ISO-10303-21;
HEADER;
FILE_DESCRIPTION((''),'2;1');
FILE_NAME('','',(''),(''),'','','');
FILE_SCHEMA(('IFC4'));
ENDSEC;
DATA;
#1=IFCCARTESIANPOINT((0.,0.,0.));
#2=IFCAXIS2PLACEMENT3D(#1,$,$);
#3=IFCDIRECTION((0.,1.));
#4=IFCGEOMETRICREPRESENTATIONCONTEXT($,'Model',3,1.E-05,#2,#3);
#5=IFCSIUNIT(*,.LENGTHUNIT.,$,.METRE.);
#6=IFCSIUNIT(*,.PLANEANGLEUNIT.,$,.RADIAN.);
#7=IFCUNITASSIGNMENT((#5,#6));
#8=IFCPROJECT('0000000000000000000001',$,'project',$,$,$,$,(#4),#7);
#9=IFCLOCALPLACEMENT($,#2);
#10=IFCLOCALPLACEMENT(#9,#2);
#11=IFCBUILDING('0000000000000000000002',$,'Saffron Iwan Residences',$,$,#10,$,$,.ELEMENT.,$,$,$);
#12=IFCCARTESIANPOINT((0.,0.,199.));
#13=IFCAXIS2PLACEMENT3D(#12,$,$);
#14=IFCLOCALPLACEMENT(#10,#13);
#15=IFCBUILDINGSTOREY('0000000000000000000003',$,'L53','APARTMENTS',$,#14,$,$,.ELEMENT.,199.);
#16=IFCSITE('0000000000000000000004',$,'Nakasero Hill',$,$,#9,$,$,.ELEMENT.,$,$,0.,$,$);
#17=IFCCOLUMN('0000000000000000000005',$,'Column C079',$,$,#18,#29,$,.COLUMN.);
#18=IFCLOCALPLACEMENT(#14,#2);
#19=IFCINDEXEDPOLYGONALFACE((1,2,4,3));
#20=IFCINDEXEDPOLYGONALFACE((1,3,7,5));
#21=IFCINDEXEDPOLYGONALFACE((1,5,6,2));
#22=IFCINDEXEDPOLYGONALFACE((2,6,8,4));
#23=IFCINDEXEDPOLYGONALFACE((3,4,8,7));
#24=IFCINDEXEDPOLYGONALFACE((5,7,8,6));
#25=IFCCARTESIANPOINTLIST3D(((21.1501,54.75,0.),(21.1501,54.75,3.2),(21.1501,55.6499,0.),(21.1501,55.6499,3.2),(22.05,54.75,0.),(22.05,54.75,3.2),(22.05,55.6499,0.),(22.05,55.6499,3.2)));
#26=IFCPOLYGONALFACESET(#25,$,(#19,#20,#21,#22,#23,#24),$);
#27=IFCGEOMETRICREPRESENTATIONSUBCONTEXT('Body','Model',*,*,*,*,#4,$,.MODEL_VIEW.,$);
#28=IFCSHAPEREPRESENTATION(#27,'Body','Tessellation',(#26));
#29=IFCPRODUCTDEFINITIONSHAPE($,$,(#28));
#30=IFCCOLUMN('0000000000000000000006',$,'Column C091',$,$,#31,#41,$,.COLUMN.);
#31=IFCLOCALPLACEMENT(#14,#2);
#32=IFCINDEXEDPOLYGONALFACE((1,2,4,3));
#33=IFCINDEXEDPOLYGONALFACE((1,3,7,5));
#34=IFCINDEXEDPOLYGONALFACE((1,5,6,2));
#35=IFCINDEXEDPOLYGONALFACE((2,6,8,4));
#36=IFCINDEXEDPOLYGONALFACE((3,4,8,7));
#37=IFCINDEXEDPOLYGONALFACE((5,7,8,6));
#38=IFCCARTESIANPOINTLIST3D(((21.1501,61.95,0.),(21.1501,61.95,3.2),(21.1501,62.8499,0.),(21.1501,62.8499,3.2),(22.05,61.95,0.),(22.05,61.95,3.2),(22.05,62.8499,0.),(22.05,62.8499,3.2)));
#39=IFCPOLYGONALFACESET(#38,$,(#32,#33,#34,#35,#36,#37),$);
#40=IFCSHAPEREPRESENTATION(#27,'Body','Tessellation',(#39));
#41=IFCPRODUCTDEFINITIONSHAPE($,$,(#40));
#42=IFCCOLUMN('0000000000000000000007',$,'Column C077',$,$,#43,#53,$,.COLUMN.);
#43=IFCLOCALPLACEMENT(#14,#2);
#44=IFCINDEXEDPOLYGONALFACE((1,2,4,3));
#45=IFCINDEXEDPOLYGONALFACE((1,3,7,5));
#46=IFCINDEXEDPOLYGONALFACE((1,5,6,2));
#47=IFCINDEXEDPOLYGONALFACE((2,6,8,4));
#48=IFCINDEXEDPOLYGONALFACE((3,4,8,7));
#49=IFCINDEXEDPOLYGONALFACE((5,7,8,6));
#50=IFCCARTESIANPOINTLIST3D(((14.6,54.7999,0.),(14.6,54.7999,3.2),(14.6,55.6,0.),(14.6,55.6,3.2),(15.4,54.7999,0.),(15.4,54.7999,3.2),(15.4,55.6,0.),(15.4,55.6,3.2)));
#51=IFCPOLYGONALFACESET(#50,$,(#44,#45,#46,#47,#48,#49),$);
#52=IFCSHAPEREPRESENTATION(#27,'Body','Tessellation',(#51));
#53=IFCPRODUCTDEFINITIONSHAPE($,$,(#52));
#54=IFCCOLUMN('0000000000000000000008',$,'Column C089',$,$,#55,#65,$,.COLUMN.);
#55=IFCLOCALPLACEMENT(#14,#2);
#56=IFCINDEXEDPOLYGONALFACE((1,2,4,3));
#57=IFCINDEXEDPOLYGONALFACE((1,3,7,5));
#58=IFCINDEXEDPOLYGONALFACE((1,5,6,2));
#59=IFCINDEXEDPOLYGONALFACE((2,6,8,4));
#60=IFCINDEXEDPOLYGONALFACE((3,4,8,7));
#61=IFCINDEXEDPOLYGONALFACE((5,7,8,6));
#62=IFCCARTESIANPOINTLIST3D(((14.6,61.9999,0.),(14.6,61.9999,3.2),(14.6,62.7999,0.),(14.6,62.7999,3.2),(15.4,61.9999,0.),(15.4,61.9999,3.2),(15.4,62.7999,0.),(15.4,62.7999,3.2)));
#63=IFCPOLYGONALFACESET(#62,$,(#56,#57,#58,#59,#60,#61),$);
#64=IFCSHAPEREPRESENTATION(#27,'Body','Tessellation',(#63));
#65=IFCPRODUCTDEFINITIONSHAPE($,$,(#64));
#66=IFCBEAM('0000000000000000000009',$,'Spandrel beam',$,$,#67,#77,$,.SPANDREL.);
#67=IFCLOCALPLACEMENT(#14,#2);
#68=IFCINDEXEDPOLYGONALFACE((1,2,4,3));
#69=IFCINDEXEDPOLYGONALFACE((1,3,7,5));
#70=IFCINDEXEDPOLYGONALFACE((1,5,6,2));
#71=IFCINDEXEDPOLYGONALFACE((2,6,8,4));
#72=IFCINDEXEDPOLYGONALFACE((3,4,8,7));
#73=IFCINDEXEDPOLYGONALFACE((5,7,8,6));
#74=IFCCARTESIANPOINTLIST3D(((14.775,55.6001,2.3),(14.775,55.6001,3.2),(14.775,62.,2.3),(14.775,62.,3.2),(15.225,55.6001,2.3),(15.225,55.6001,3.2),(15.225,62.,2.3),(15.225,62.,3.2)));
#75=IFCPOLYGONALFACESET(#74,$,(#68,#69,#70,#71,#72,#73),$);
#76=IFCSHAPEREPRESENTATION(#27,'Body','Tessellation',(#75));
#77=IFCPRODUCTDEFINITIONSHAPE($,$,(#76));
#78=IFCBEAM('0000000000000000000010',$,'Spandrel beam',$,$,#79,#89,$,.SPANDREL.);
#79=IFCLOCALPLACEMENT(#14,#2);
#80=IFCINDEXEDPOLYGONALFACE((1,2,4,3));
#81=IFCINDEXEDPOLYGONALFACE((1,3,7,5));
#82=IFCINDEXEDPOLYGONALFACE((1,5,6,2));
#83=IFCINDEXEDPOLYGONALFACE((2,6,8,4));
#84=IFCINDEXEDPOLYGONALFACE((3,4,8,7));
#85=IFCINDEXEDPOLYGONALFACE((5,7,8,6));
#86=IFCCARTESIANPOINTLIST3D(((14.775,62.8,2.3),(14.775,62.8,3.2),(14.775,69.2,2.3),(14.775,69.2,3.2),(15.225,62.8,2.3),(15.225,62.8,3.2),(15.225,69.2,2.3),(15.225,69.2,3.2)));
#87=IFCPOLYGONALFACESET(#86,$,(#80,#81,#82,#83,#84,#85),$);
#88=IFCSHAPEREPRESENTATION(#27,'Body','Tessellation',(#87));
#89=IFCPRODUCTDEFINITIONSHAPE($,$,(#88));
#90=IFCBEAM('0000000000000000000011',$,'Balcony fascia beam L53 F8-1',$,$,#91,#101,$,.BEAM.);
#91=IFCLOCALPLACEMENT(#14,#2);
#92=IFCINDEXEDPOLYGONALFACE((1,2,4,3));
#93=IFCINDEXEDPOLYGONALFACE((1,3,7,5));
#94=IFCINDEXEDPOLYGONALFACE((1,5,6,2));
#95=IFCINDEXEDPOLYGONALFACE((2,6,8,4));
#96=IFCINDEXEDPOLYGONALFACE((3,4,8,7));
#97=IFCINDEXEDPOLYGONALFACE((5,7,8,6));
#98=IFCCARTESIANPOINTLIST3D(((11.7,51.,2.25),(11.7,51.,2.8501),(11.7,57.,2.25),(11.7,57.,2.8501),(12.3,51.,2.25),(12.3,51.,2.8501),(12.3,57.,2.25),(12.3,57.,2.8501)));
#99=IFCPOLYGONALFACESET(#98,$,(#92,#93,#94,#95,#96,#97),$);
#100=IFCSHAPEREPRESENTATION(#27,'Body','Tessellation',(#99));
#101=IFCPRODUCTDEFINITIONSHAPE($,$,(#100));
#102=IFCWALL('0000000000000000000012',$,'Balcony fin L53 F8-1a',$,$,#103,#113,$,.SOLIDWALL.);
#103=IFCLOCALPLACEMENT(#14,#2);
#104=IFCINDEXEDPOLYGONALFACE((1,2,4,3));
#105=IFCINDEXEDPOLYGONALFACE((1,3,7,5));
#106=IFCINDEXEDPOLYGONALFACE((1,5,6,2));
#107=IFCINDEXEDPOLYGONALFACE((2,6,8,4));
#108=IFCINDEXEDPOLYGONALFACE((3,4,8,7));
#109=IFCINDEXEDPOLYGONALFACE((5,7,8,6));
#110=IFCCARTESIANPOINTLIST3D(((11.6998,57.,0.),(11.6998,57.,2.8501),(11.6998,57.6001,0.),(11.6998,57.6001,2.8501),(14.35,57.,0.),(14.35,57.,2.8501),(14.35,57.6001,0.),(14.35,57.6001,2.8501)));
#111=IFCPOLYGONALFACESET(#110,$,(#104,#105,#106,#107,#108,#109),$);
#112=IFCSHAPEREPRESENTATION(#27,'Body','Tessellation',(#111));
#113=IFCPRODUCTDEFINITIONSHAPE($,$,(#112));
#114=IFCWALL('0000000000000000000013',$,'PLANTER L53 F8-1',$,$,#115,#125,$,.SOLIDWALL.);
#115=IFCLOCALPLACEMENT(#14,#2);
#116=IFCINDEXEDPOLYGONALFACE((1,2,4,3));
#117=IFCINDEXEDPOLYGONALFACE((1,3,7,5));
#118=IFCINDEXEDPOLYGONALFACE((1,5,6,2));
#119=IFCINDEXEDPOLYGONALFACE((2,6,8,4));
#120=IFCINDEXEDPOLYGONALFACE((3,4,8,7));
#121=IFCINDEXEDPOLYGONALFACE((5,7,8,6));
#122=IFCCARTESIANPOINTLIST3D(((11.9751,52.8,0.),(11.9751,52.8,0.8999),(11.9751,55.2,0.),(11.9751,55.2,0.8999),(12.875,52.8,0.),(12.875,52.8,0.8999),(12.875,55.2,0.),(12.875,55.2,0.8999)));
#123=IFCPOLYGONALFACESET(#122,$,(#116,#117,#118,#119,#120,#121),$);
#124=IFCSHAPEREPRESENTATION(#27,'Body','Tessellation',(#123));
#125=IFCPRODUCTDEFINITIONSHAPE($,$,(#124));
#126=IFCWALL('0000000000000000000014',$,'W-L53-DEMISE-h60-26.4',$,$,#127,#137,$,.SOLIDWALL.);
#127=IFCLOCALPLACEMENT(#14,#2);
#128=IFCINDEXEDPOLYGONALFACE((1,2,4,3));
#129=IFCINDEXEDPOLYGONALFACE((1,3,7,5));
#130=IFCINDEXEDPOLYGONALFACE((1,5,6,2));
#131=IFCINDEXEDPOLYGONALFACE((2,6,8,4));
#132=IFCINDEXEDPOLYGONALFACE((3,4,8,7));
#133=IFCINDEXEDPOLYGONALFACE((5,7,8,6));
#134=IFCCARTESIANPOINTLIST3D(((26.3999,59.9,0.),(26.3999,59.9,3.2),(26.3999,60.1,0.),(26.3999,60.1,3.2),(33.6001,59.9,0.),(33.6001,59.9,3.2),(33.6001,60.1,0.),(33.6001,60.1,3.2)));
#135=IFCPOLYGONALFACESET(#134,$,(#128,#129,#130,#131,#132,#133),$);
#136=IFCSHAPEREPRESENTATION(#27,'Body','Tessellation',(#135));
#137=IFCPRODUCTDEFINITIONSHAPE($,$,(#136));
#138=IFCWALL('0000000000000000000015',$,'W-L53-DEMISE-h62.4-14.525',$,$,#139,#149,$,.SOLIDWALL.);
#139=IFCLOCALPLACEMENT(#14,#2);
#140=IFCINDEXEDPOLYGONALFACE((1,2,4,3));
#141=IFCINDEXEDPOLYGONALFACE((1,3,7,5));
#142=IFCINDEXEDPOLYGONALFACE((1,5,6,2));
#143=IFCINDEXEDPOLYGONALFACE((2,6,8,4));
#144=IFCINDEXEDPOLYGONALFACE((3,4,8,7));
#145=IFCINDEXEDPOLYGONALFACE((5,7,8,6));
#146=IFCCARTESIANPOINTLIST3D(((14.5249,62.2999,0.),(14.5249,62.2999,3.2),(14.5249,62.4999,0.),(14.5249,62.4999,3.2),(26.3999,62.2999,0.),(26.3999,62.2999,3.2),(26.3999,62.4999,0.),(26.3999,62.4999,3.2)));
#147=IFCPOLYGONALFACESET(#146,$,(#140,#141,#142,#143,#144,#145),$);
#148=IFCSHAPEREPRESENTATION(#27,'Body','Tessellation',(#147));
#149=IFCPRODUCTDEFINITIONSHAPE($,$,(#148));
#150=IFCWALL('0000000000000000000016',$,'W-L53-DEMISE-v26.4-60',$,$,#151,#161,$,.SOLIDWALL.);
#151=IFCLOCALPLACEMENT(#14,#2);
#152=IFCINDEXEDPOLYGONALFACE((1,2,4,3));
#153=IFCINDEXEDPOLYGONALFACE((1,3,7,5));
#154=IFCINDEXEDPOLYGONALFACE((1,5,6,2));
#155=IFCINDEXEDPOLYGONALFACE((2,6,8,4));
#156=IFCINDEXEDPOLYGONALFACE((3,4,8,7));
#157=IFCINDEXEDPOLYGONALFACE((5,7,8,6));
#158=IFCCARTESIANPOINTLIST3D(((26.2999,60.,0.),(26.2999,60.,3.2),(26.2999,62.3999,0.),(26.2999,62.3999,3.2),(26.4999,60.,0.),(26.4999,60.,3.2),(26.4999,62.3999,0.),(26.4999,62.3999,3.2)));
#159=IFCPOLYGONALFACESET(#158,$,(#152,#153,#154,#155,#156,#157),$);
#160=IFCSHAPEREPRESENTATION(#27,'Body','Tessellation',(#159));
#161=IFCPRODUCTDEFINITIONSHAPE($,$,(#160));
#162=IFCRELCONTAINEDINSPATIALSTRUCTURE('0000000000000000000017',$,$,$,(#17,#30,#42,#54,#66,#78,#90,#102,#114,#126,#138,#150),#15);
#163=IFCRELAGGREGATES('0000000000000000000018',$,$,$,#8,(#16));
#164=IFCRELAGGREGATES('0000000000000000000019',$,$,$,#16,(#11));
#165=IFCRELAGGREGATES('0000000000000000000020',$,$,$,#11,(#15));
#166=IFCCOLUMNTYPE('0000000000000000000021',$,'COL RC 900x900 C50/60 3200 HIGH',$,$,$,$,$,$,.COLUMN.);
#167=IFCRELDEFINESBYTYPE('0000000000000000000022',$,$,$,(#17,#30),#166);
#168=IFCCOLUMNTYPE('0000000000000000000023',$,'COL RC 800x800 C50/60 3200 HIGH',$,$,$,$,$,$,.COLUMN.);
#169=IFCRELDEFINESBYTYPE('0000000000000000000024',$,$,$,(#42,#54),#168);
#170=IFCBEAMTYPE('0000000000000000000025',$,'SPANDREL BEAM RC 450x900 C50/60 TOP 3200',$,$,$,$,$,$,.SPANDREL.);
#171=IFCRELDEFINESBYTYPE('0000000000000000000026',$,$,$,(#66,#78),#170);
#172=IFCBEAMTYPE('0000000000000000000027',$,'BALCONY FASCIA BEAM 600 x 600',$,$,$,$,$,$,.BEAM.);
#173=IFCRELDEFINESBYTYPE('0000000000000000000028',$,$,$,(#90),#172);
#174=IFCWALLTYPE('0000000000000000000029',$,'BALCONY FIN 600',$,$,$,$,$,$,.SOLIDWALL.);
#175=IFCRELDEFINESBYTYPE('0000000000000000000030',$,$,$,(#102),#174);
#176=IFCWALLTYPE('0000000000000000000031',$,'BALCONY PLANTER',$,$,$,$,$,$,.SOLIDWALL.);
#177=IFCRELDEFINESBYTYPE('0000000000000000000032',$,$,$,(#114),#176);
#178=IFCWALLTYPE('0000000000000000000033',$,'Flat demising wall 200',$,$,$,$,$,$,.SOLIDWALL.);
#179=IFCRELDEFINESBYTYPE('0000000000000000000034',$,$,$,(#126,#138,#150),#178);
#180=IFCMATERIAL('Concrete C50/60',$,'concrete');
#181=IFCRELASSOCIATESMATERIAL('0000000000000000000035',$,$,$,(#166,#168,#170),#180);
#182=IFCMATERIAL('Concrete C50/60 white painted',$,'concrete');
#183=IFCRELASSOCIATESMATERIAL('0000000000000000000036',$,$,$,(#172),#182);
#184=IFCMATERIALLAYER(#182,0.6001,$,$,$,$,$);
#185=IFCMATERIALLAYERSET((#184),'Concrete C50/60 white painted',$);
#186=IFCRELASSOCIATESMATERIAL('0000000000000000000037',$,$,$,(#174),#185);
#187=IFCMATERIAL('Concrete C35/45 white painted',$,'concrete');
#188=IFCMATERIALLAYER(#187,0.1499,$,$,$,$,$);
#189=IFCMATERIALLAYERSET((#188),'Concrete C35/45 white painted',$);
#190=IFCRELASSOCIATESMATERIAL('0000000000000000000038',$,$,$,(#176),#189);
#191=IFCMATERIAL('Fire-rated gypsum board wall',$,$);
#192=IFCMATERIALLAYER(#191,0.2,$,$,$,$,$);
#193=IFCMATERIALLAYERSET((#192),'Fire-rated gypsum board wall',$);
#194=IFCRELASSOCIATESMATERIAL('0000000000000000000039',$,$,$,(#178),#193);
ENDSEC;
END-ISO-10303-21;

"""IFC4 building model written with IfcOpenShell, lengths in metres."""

from ifc_helpers import new_model, si_unit, direction, frame, frame_2d, origin, origin_2d, place, context, subcontext, project, spatial, rectangle, extrude, source, transform, mapped, material, layer, layer_set, material_profile, profile_set, type_object, element, save


model = new_model("IFC4")

# Units and contexts
model_context = context("Model", 3, precision=1e-05, world=origin(), true_north=direction((0.0, 1.0)))
body_context = subcontext(model_context, "Body", "Model", "MODEL_VIEW")
ifc_project = project(units=[si_unit("LENGTHUNIT", "METRE"), si_unit("PLANEANGLEUNIT", "RADIAN")], contexts=[model_context])

# Site, building, storey
site_placement = place(None, origin())
site = spatial("IfcSite", under=ifc_project, at=site_placement, Name="Nakasero Hill", CompositionType="ELEMENT", RefElevation=0.0)
building_placement = place(site_placement, origin())
building = spatial("IfcBuilding", under=site, at=building_placement, Name="Saffron Iwan Residences", CompositionType="ELEMENT")
storey_placement = place(building_placement, frame((0.0, 0.0, 199.0)))
storey = spatial("IfcBuildingStorey", under=building, at=storey_placement, Name="L53", Description="APARTMENTS", CompositionType="ELEMENT", Elevation=199.0)

# Columns
ifc_material_1 = material(Name="Concrete C50/60", Category="concrete")
ifc_material_profile_1 = material_profile(ifc_material_1, rectangle(XDim=0.8999, YDim=0.8999, at=origin_2d()), Name="RC 900x900")
ifc_profile_set_1 = profile_set([ifc_material_profile_1], Name="Concrete C50/60")
column_type_1 = type_object("IfcColumnType", Name="COL RC 900x900 C50/60 3200 HIGH", PredefinedType="COLUMN", material=ifc_profile_set_1)
shared_shape_1 = source(origin(), body_context, "Body", "SweptSolid", [
    extrude(rectangle(XDim=0.8999, YDim=0.8999, at=origin_2d()), origin(), (0.0, 0.0, 1.0), 3.2),
])
for number, where, z_axis, x_axis, name in (
    (1, (21.6001, 55.2, 0.0), (0.0, 0.0, 1.0), (1.0, 0.0, 0.0), "Column C079"),
    (2, (21.6001, 62.3999, 0.0), (0.0, 0.0, 1.0), (1.0, 0.0, 0.0), "Column C091"),
):
    element("IfcColumn", number, at=place(storey_placement, frame(where, z_axis=z_axis, x_axis=x_axis)), inside=storey, type_object=column_type_1, Name=name, PredefinedType="COLUMN", context=body_context, shape_type="MappedRepresentation", body=[
        mapped(shared_shape_1, transform((0.0, 0.0, 0.0))),
    ])
ifc_material_profile_2 = material_profile(ifc_material_1, rectangle(XDim=0.8, YDim=0.8, at=origin_2d()), Name="RC 800x800")
ifc_profile_set_2 = profile_set([ifc_material_profile_2], Name="Concrete C50/60")
column_type_2 = type_object("IfcColumnType", Name="COL RC 800x800 C50/60 3200 HIGH", PredefinedType="COLUMN", material=ifc_profile_set_2)
shared_shape_2 = source(origin(), body_context, "Body", "SweptSolid", [
    extrude(rectangle(XDim=0.8, YDim=0.8, at=origin_2d()), origin(), (0.0, 0.0, 1.0), 3.2),
])
for number, where, z_axis, x_axis, name in (
    (3, (15.0, 55.2, 0.0), (0.0, 0.0, 1.0), (1.0, 0.0, 0.0), "Column C077"),
    (4, (15.0, 62.3999, 0.0), (0.0, 0.0, 1.0), (1.0, 0.0, 0.0), "Column C089"),
):
    element("IfcColumn", number, at=place(storey_placement, frame(where, z_axis=z_axis, x_axis=x_axis)), inside=storey, type_object=column_type_2, Name=name, PredefinedType="COLUMN", context=body_context, shape_type="MappedRepresentation", body=[
        mapped(shared_shape_2, transform((0.0, 0.0, 0.0))),
    ])

# Beams
ifc_material_profile_3 = material_profile(ifc_material_1, rectangle(XDim=0.45, YDim=0.8999, at=origin_2d()), Name="RC 450x900")
ifc_profile_set_3 = profile_set([ifc_material_profile_3], Name="Concrete C50/60")
beam_type_1 = type_object("IfcBeamType", Name="SPANDREL BEAM RC 450x900 C50/60 TOP 3200", PredefinedType="SPANDREL", material=ifc_profile_set_3)
shared_shape_3 = source(origin(), body_context, "Body", "SweptSolid", [
    extrude(rectangle(XDim=0.45, YDim=0.8999, at=origin_2d()), origin(), (0.0, 0.0, 1.0), 6.3999),
])
for number, where, z_axis, x_axis, name in (
    (5, (15.0, 55.6001, 2.75), (0.0, 1.0, 0.0), (-1.0, 0.0, 0.0), "Spandrel beam"),
    (6, (15.0, 62.8, 2.75), (0.0, 1.0, 0.0), (-1.0, 0.0, 0.0), "Spandrel beam"),
):
    element("IfcBeam", number, at=place(storey_placement, frame(where, z_axis=z_axis, x_axis=x_axis)), inside=storey, type_object=beam_type_1, Name=name, PredefinedType="SPANDREL", context=body_context, shape_type="MappedRepresentation", body=[
        mapped(shared_shape_3, transform((0.0, 0.0, 0.0))),
    ])
ifc_material_2 = material(Name="Concrete C50/60 white painted", Category="concrete")
ifc_material_profile_4 = material_profile(ifc_material_2, rectangle(XDim=0.6001, YDim=0.6001, at=origin_2d()), Name="BALCONY FASCIA BEAM 600 x 600")
ifc_profile_set_4 = profile_set([ifc_material_profile_4], Name="Concrete C50/60 white painted")
beam_type_2 = type_object("IfcBeamType", Name="BALCONY FASCIA BEAM 600 x 600", PredefinedType="BEAM", material=ifc_profile_set_4)
shared_shape_4 = source(origin(), body_context, "Body", "SweptSolid", [
    extrude(rectangle(XDim=0.6001, YDim=0.6001, at=origin_2d()), origin(), (0.0, 0.0, 1.0), 6.0),
])
beam_placement = place(storey_placement, frame((12.0, 57.0, 2.55), z_axis=(0.0, -1.0, 0.0), x_axis=(1.0, 0.0, 0.0)))
element("IfcBeam", 7, at=beam_placement, inside=storey, type_object=beam_type_2, Name="Balcony fascia beam L53 F8-1", PredefinedType="BEAM", context=body_context, shape_type="MappedRepresentation", body=[
    mapped(shared_shape_4, transform((0.0, 0.0, 0.0))),
])

# Walls
ifc_layer_1 = layer(ifc_material_2, 0.6001)
ifc_layer_set_1 = layer_set([ifc_layer_1], Name="Concrete C50/60 white painted")
wall_type_1 = type_object("IfcWallType", Name="BALCONY FIN 600", PredefinedType="SOLIDWALL", material=ifc_layer_set_1)
wall_1_placement = place(storey_placement, frame((14.3501, 57.3, 0.0), z_axis=(0.0, 0.0, 1.0), x_axis=(-1.0, 0.0, 0.0)))
element("IfcWall", 8, at=wall_1_placement, inside=storey, type_object=wall_type_1, Name="Balcony fin L53 F8-1a", PredefinedType="SOLIDWALL", context=body_context, shape_type="SweptSolid", body=[
    extrude(rectangle(XDim=2.6501, YDim=0.6001, at=frame_2d((1.3252, 0.0))), origin(), (0.0, 0.0, 1.0), 2.8501),
])
ifc_material_3 = material(Name="Concrete C35/45 white painted", Category="concrete")
ifc_layer_2 = layer(ifc_material_3, 0.1499)
ifc_layer_set_2 = layer_set([ifc_layer_2], Name="Concrete C35/45 white painted")
wall_type_2 = type_object("IfcWallType", Name="BALCONY PLANTER", PredefinedType="SOLIDWALL", material=ifc_layer_set_2)
wall_2_placement = place(storey_placement, frame((12.425, 55.2, 0.0), z_axis=(0.0, 0.0, 1.0), x_axis=(0.0, -1.0, 0.0)))
element("IfcWall", 9, at=wall_2_placement, inside=storey, type_object=wall_type_2, Name="PLANTER L53 F8-1", PredefinedType="SOLIDWALL", context=body_context, shape_type="SweptSolid", body=[
    extrude(rectangle(XDim=2.3999, YDim=0.8999, at=frame_2d((1.2, 0.0))), origin(), (0.0, 0.0, 1.0), 0.8999),
])
ifc_material_4 = material(Name="Fire-rated gypsum board wall")
ifc_layer_3 = layer(ifc_material_4, 0.2)
ifc_layer_set_3 = layer_set([ifc_layer_3], Name="Fire-rated gypsum board wall")
wall_type_3 = type_object("IfcWallType", Name="Flat demising wall 200", PredefinedType="SOLIDWALL", material=ifc_layer_set_3)
wall_3_placement = place(storey_placement, frame((26.3999, 60.0, 0.0), z_axis=(0.0, 0.0, 1.0), x_axis=(1.0, 0.0, 0.0)))
element("IfcWall", 10, at=wall_3_placement, inside=storey, type_object=wall_type_3, Name="W-L53-DEMISE-h60-26.4", PredefinedType="SOLIDWALL", context=body_context, shape_type="SweptSolid", body=[
    extrude(rectangle(XDim=7.2002, YDim=0.2, at=frame_2d((3.6001, 0.0))), origin(), (0.0, 0.0, 1.0), 3.2),
])
wall_4_placement = place(storey_placement, frame((14.5249, 62.3999, 0.0), z_axis=(0.0, 0.0, 1.0), x_axis=(1.0, 0.0, 0.0)))
element("IfcWall", 11, at=wall_4_placement, inside=storey, type_object=wall_type_3, Name="W-L53-DEMISE-h62.4-14.525", PredefinedType="SOLIDWALL", context=body_context, shape_type="SweptSolid", body=[
    extrude(rectangle(XDim=11.875, YDim=0.2, at=frame_2d((5.9375, 0.0))), origin(), (0.0, 0.0, 1.0), 3.2),
])
wall_5_placement = place(storey_placement, frame((26.3999, 60.0, 0.0), z_axis=(0.0, 0.0, 1.0), x_axis=(0.0, 1.0, 0.0)))
element("IfcWall", 12, at=wall_5_placement, inside=storey, type_object=wall_type_3, Name="W-L53-DEMISE-v26.4-60", PredefinedType="SOLIDWALL", context=body_context, shape_type="SweptSolid", body=[
    extrude(rectangle(XDim=2.3999, YDim=0.2, at=frame_2d((1.2, 0.0))), origin(), (0.0, 0.0, 1.0), 3.2),
])

save(model, "model.ifc")
